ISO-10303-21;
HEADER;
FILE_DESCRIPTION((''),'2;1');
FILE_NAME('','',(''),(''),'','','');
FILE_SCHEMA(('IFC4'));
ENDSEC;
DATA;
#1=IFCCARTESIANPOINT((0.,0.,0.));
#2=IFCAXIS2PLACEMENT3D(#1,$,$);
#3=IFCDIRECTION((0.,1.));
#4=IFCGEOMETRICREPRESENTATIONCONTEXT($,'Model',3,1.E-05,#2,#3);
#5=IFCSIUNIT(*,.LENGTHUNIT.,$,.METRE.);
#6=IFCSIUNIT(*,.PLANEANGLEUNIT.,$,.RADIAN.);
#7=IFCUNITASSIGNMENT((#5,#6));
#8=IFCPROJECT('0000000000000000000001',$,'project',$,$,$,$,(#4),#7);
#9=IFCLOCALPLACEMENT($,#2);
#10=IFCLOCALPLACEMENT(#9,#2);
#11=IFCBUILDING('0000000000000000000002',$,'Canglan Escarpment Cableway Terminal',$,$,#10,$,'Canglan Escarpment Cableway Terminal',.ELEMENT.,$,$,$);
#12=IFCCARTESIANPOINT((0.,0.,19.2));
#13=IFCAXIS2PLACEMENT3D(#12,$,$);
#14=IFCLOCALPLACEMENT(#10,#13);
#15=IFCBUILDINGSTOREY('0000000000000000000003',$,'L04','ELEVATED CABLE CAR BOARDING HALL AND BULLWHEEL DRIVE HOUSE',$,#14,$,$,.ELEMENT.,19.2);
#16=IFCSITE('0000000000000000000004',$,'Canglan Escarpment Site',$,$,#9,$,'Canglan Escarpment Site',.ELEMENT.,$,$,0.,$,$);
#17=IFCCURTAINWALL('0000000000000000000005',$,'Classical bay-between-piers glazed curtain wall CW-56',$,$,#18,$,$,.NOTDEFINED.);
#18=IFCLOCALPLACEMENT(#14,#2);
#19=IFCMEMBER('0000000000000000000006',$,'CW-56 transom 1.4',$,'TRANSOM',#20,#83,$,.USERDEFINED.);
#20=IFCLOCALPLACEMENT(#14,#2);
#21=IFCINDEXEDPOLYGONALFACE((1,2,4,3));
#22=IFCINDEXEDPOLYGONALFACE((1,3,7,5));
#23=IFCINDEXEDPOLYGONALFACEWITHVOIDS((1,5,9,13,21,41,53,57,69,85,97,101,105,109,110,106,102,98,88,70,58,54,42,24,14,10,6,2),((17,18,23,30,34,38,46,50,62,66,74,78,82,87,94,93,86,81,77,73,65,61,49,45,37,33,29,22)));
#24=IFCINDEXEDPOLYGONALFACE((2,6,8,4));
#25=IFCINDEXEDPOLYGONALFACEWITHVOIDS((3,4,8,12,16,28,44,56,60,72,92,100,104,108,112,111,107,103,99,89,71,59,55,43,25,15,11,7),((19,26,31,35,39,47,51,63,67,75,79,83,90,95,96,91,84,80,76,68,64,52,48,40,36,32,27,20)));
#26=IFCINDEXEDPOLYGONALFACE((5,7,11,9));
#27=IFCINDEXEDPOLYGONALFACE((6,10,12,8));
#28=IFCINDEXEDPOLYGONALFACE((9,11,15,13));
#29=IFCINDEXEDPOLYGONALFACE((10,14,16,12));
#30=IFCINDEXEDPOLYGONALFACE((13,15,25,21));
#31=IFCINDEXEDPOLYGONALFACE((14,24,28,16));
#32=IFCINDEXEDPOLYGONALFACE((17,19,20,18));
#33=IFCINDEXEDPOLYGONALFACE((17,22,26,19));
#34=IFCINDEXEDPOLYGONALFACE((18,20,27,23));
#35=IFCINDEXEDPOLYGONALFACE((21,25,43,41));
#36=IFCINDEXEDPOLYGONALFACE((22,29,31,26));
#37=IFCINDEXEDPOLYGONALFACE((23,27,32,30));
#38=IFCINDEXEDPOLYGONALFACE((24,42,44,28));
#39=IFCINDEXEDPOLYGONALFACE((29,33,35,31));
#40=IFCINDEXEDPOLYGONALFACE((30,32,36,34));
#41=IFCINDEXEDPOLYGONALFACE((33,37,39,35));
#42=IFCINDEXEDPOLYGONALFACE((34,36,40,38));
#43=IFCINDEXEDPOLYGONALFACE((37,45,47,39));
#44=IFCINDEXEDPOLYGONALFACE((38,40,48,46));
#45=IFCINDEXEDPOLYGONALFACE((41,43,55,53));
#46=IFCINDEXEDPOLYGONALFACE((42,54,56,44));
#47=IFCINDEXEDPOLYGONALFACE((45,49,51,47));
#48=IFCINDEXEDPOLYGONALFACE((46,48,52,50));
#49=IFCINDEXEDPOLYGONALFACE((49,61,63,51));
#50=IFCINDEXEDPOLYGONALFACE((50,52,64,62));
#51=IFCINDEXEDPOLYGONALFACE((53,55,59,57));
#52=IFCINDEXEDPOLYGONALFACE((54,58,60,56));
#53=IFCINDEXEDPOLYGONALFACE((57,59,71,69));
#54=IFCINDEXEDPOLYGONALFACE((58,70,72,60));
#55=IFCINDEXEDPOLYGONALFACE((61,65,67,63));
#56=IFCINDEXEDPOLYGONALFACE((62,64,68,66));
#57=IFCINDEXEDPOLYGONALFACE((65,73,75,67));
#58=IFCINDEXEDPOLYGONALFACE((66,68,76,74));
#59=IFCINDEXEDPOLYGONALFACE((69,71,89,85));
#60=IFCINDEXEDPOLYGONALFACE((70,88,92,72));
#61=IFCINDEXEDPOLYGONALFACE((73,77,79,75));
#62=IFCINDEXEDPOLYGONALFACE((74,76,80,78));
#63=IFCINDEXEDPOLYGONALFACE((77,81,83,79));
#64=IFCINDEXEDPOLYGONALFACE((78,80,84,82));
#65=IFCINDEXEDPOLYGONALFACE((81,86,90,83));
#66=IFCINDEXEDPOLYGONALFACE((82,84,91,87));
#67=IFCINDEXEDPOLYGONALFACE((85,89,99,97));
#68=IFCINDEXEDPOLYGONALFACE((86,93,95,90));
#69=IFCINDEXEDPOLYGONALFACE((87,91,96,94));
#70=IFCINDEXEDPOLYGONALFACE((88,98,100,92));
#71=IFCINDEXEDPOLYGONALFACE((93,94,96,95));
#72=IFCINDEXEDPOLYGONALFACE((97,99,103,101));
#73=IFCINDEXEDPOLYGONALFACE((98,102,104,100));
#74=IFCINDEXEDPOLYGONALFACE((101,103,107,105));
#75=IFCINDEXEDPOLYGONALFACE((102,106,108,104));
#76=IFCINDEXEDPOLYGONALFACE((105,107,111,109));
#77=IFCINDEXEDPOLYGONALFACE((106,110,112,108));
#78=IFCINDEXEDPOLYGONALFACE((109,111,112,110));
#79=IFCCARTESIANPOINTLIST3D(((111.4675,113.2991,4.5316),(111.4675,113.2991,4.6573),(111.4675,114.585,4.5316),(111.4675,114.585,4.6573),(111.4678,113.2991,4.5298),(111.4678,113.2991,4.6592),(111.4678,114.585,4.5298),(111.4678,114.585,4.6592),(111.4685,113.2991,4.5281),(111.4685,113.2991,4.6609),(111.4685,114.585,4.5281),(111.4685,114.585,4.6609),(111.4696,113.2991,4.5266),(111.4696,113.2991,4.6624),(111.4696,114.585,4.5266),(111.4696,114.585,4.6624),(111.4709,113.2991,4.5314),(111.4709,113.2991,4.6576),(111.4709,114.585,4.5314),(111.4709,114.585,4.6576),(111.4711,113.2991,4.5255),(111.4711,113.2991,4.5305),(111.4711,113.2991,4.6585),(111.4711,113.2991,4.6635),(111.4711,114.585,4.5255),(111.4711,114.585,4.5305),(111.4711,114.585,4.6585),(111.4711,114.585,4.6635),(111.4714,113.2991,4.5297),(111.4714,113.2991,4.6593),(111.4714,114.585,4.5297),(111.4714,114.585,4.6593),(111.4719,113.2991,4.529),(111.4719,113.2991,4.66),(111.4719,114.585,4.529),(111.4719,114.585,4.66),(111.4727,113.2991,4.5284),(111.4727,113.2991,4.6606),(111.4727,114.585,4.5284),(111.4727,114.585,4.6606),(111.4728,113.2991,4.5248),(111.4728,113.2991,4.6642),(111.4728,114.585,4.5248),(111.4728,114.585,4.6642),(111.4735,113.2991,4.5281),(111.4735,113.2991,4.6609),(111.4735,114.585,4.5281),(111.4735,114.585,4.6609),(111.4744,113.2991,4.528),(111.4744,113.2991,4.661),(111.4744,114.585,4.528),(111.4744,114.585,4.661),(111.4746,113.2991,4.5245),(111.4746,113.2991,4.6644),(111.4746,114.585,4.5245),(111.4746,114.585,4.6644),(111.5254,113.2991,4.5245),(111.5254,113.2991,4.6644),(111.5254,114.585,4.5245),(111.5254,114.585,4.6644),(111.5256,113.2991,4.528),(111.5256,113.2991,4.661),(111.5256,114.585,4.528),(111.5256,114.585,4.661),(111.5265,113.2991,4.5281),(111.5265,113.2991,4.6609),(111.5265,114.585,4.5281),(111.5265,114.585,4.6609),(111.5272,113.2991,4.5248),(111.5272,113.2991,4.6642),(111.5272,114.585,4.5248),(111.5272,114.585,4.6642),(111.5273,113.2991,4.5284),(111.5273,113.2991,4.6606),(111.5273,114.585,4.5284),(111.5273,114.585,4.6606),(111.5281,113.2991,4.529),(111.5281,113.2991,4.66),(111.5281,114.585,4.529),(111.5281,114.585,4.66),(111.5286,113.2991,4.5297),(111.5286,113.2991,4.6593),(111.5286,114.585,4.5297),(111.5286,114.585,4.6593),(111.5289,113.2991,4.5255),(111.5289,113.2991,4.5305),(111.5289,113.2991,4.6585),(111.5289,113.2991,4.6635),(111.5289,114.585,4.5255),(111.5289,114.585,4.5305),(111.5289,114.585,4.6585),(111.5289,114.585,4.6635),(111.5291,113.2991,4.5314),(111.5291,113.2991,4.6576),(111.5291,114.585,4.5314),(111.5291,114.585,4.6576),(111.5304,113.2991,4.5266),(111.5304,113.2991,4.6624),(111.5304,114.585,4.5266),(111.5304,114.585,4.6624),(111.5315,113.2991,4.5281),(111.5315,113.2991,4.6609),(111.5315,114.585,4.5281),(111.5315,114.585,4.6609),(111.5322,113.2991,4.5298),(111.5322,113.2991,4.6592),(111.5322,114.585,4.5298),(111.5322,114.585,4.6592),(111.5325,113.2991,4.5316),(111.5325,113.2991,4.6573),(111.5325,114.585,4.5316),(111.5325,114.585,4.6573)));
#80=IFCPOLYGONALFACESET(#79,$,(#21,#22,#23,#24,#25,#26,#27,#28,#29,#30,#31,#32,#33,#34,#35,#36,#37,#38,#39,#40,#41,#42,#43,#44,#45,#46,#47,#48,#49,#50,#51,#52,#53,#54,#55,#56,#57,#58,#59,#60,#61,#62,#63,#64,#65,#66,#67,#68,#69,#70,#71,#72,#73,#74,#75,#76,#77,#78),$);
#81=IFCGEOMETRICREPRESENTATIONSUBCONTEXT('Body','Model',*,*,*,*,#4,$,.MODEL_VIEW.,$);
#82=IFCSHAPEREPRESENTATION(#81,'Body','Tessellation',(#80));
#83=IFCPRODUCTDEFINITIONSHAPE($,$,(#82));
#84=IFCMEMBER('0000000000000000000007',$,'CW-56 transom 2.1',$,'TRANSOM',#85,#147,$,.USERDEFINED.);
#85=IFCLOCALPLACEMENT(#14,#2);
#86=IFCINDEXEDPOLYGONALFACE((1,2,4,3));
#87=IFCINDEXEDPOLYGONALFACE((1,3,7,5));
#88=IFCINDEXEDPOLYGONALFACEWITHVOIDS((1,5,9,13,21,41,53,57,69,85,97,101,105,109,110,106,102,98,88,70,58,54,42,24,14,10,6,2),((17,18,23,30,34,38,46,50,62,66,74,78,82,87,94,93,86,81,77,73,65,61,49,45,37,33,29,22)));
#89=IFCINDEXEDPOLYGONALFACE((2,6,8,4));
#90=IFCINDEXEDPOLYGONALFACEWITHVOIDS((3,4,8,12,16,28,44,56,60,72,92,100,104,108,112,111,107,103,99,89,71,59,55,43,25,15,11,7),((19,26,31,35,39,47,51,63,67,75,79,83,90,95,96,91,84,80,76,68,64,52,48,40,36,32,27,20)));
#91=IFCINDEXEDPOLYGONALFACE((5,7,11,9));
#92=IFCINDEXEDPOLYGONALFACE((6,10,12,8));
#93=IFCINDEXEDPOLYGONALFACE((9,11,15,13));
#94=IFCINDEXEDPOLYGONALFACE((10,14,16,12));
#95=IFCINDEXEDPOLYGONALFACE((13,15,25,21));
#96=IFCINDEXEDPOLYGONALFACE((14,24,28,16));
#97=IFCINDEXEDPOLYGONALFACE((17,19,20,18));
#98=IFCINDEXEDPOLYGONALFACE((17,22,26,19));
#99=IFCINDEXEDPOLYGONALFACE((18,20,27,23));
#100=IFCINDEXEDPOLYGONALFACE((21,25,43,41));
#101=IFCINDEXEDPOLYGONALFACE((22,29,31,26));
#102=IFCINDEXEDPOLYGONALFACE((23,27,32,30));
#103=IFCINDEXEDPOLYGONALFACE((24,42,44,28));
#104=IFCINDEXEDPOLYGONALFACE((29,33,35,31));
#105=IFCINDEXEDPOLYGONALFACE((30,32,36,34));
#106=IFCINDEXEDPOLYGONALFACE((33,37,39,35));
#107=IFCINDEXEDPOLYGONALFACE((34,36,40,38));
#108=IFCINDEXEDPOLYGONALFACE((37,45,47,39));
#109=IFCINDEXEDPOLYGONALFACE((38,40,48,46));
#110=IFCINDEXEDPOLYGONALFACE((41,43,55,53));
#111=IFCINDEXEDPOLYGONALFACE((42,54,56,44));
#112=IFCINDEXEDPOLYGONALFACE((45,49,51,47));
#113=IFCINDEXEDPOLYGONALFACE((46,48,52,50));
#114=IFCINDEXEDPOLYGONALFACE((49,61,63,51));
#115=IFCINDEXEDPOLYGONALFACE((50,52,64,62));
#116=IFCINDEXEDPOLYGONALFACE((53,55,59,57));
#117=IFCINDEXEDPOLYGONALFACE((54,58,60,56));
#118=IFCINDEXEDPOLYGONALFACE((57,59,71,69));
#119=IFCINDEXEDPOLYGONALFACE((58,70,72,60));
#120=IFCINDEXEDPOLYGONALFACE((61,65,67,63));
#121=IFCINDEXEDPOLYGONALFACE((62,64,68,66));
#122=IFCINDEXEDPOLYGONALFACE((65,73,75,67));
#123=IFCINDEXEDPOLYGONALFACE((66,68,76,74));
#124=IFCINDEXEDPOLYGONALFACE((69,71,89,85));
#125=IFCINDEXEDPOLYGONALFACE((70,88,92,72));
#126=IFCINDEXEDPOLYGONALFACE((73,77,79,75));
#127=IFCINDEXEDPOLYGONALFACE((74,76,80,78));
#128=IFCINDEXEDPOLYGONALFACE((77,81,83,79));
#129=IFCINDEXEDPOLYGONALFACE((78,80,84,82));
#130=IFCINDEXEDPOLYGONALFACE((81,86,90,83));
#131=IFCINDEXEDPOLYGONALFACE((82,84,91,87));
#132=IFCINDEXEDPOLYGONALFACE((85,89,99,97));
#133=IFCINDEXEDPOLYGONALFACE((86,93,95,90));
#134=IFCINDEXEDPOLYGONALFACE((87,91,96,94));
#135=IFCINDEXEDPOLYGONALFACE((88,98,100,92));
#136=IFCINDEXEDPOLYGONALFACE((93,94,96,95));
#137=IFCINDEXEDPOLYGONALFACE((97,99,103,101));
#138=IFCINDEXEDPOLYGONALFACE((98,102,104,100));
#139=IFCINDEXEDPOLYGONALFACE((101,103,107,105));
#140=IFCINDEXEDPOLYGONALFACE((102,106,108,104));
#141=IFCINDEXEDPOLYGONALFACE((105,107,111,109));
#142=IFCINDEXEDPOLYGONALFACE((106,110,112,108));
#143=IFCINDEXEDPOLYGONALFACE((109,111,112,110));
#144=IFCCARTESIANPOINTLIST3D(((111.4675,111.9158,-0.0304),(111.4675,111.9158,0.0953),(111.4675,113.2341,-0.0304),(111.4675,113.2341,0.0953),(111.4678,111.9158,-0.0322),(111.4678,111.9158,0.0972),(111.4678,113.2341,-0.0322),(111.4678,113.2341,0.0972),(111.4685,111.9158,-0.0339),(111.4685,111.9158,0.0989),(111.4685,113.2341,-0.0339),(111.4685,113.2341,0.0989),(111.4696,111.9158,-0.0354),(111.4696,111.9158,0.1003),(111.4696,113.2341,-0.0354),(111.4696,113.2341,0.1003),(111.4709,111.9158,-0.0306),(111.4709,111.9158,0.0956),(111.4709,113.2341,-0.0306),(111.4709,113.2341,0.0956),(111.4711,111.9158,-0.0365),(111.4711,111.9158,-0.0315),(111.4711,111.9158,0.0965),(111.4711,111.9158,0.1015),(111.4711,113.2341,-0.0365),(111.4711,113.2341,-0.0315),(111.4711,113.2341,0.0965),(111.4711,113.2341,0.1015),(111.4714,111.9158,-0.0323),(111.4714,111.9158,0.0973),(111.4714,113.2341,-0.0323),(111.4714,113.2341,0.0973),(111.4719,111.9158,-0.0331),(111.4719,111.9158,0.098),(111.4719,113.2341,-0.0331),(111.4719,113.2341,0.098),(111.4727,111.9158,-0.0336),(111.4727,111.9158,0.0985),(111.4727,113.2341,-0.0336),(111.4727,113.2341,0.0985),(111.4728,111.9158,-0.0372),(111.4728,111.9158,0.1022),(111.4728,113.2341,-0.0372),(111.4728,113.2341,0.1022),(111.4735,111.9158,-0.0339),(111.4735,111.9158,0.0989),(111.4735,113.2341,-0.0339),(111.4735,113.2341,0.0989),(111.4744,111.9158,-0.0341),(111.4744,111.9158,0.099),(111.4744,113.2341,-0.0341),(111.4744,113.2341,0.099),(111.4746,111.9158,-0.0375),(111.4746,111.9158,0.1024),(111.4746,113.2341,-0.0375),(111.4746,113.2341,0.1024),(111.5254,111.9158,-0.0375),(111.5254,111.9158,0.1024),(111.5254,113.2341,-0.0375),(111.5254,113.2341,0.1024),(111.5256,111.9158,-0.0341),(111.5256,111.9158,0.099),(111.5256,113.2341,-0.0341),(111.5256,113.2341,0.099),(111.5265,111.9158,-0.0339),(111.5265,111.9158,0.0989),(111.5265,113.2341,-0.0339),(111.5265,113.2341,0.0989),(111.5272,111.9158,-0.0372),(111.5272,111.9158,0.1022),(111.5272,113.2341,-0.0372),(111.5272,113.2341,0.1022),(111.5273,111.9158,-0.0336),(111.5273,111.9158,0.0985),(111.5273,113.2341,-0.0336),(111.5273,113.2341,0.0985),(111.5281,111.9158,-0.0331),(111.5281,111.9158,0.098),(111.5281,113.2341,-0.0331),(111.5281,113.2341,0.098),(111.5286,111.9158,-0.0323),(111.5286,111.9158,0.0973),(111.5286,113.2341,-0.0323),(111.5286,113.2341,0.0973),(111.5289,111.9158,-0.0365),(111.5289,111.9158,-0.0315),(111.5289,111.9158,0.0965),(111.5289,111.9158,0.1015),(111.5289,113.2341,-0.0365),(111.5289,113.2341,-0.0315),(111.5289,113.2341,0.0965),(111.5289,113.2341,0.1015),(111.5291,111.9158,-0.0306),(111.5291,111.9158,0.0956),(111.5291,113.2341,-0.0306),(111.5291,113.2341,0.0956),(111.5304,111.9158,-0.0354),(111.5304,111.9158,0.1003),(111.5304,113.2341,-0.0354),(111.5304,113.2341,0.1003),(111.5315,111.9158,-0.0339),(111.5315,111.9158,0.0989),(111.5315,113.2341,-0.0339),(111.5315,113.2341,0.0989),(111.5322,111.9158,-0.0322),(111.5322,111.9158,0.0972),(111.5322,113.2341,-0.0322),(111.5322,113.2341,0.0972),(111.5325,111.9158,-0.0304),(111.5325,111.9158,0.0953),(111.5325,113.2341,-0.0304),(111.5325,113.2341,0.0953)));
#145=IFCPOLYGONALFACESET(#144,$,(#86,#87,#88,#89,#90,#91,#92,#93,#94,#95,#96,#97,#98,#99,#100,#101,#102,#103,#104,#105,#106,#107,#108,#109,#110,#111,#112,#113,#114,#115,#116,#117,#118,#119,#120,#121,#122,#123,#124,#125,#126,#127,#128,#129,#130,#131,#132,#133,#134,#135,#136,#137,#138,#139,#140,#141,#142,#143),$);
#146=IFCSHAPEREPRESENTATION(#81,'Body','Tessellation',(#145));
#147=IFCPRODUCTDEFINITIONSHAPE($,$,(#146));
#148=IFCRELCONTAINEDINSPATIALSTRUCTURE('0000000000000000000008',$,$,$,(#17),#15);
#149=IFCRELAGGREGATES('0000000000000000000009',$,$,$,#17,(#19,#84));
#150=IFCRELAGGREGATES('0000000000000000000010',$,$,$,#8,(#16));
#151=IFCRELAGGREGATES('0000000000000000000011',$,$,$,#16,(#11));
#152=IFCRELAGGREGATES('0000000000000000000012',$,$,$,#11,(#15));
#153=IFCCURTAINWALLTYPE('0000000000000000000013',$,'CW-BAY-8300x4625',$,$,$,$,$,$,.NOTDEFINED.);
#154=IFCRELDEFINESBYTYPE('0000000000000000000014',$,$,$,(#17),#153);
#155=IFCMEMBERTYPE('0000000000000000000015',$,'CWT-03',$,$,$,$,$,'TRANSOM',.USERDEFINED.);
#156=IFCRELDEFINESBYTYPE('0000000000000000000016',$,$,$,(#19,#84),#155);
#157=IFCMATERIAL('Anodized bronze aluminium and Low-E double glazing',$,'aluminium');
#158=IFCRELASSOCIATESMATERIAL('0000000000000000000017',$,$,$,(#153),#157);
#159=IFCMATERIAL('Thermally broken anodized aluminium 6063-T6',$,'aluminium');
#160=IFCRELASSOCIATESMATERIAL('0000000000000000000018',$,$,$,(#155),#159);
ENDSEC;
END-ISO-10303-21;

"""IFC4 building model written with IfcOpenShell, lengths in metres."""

from ifc_helpers import new_model, si_unit, direction, frame, origin, origin_2d, place, context, subcontext, project, spatial, hollow_rectangle, extrude, material, material_profile, profile_set, type_object, element, aggregate, save


model = new_model("IFC4")

# Units and contexts
model_context = context("Model", 3, precision=1e-05, world=origin(), true_north=direction((0.0, 1.0)))
body_context = subcontext(model_context, "Body", "Model", "MODEL_VIEW")
ifc_project = project(units=[si_unit("LENGTHUNIT", "METRE"), si_unit("PLANEANGLEUNIT", "RADIAN")], contexts=[model_context])

# Site, building, storey
site_placement = place(None, origin())
site = spatial("IfcSite", under=ifc_project, at=site_placement, Name="Canglan Escarpment Site", LongName="Canglan Escarpment Site", CompositionType="ELEMENT", RefElevation=0.0)
building_placement = place(site_placement, origin())
building = spatial("IfcBuilding", under=site, at=building_placement, Name="Canglan Escarpment Cableway Terminal", LongName="Canglan Escarpment Cableway Terminal", CompositionType="ELEMENT")
storey_placement = place(building_placement, frame((0.0, 0.0, 19.2)))
storey = spatial("IfcBuildingStorey", under=building, at=storey_placement, Name="L04", Description="ELEVATED CABLE CAR BOARDING HALL AND BULLWHEEL DRIVE HOUSE", CompositionType="ELEMENT", Elevation=19.2)

# Curtain wall
ifc_material_1 = material(Name="Anodized bronze aluminium and Low-E double glazing", Category="aluminium")
ifc_material_2 = material(Name="Thermally broken anodized aluminium 6063-T6", Category="aluminium")
curtain_wall_type_1 = type_object("IfcCurtainWallType", Name="CW-BAY-8300x4625", PredefinedType="NOTDEFINED", material=ifc_material_1)
curtain_wall_1_placement = place(storey_placement, origin())
curtain_wall_1 = element("IfcCurtainWall", 1, at=curtain_wall_1_placement, inside=storey, type_object=curtain_wall_type_1, Name="Classical bay-between-piers glazed curtain wall CW-56", PredefinedType="NOTDEFINED")

# Members
ifc_material_profile_1 = material_profile(ifc_material_2, hollow_rectangle(XDim=0.0649, YDim=0.1399, WallThickness=0.0034, InnerFilletRadius=0.0034, OuterFilletRadius=0.0071, at=origin_2d()), Name="ALU-TRAN 65x140x3.5")
ifc_profile_set_1 = profile_set([ifc_material_profile_1], Name="Thermally broken anodized aluminium 6063-T6")
member_type_1 = type_object("IfcMemberType", Name="CWT-03", ElementType="TRANSOM", PredefinedType="USERDEFINED", material=ifc_profile_set_1)
member_1_placement = place(storey_placement, frame((111.5, 114.585, 4.5945), z_axis=(0.0, -1.0, 0.0), x_axis=(1.0, 0.0, 0.0)))
member_1 = element("IfcMember", 2, at=member_1_placement, type_object=member_type_1, Name="CW-56 transom 1.4", ObjectType="TRANSOM", PredefinedType="USERDEFINED", context=body_context, shape_type="SweptSolid", body=[
    extrude(hollow_rectangle(XDim=0.0649, YDim=0.1399, WallThickness=0.0034, InnerFilletRadius=0.0034, OuterFilletRadius=0.0071, at=origin_2d()), origin(), (0.0, 0.0, 1.0), 1.2859),
])
member_2_placement = place(storey_placement, frame((111.5, 113.2341, 0.0325), z_axis=(0.0, -1.0, 0.0), x_axis=(1.0, 0.0, 0.0)))
member_2 = element("IfcMember", 3, at=member_2_placement, type_object=member_type_1, Name="CW-56 transom 2.1", ObjectType="TRANSOM", PredefinedType="USERDEFINED", context=body_context, shape_type="SweptSolid", body=[
    extrude(hollow_rectangle(XDim=0.0649, YDim=0.1399, WallThickness=0.0034, InnerFilletRadius=0.0034, OuterFilletRadius=0.0071, at=origin_2d()), origin(), (0.0, 0.0, 1.0), 1.3184),
])

aggregate(curtain_wall_1, [member_1, member_2])

save(model, "model.ifc")
